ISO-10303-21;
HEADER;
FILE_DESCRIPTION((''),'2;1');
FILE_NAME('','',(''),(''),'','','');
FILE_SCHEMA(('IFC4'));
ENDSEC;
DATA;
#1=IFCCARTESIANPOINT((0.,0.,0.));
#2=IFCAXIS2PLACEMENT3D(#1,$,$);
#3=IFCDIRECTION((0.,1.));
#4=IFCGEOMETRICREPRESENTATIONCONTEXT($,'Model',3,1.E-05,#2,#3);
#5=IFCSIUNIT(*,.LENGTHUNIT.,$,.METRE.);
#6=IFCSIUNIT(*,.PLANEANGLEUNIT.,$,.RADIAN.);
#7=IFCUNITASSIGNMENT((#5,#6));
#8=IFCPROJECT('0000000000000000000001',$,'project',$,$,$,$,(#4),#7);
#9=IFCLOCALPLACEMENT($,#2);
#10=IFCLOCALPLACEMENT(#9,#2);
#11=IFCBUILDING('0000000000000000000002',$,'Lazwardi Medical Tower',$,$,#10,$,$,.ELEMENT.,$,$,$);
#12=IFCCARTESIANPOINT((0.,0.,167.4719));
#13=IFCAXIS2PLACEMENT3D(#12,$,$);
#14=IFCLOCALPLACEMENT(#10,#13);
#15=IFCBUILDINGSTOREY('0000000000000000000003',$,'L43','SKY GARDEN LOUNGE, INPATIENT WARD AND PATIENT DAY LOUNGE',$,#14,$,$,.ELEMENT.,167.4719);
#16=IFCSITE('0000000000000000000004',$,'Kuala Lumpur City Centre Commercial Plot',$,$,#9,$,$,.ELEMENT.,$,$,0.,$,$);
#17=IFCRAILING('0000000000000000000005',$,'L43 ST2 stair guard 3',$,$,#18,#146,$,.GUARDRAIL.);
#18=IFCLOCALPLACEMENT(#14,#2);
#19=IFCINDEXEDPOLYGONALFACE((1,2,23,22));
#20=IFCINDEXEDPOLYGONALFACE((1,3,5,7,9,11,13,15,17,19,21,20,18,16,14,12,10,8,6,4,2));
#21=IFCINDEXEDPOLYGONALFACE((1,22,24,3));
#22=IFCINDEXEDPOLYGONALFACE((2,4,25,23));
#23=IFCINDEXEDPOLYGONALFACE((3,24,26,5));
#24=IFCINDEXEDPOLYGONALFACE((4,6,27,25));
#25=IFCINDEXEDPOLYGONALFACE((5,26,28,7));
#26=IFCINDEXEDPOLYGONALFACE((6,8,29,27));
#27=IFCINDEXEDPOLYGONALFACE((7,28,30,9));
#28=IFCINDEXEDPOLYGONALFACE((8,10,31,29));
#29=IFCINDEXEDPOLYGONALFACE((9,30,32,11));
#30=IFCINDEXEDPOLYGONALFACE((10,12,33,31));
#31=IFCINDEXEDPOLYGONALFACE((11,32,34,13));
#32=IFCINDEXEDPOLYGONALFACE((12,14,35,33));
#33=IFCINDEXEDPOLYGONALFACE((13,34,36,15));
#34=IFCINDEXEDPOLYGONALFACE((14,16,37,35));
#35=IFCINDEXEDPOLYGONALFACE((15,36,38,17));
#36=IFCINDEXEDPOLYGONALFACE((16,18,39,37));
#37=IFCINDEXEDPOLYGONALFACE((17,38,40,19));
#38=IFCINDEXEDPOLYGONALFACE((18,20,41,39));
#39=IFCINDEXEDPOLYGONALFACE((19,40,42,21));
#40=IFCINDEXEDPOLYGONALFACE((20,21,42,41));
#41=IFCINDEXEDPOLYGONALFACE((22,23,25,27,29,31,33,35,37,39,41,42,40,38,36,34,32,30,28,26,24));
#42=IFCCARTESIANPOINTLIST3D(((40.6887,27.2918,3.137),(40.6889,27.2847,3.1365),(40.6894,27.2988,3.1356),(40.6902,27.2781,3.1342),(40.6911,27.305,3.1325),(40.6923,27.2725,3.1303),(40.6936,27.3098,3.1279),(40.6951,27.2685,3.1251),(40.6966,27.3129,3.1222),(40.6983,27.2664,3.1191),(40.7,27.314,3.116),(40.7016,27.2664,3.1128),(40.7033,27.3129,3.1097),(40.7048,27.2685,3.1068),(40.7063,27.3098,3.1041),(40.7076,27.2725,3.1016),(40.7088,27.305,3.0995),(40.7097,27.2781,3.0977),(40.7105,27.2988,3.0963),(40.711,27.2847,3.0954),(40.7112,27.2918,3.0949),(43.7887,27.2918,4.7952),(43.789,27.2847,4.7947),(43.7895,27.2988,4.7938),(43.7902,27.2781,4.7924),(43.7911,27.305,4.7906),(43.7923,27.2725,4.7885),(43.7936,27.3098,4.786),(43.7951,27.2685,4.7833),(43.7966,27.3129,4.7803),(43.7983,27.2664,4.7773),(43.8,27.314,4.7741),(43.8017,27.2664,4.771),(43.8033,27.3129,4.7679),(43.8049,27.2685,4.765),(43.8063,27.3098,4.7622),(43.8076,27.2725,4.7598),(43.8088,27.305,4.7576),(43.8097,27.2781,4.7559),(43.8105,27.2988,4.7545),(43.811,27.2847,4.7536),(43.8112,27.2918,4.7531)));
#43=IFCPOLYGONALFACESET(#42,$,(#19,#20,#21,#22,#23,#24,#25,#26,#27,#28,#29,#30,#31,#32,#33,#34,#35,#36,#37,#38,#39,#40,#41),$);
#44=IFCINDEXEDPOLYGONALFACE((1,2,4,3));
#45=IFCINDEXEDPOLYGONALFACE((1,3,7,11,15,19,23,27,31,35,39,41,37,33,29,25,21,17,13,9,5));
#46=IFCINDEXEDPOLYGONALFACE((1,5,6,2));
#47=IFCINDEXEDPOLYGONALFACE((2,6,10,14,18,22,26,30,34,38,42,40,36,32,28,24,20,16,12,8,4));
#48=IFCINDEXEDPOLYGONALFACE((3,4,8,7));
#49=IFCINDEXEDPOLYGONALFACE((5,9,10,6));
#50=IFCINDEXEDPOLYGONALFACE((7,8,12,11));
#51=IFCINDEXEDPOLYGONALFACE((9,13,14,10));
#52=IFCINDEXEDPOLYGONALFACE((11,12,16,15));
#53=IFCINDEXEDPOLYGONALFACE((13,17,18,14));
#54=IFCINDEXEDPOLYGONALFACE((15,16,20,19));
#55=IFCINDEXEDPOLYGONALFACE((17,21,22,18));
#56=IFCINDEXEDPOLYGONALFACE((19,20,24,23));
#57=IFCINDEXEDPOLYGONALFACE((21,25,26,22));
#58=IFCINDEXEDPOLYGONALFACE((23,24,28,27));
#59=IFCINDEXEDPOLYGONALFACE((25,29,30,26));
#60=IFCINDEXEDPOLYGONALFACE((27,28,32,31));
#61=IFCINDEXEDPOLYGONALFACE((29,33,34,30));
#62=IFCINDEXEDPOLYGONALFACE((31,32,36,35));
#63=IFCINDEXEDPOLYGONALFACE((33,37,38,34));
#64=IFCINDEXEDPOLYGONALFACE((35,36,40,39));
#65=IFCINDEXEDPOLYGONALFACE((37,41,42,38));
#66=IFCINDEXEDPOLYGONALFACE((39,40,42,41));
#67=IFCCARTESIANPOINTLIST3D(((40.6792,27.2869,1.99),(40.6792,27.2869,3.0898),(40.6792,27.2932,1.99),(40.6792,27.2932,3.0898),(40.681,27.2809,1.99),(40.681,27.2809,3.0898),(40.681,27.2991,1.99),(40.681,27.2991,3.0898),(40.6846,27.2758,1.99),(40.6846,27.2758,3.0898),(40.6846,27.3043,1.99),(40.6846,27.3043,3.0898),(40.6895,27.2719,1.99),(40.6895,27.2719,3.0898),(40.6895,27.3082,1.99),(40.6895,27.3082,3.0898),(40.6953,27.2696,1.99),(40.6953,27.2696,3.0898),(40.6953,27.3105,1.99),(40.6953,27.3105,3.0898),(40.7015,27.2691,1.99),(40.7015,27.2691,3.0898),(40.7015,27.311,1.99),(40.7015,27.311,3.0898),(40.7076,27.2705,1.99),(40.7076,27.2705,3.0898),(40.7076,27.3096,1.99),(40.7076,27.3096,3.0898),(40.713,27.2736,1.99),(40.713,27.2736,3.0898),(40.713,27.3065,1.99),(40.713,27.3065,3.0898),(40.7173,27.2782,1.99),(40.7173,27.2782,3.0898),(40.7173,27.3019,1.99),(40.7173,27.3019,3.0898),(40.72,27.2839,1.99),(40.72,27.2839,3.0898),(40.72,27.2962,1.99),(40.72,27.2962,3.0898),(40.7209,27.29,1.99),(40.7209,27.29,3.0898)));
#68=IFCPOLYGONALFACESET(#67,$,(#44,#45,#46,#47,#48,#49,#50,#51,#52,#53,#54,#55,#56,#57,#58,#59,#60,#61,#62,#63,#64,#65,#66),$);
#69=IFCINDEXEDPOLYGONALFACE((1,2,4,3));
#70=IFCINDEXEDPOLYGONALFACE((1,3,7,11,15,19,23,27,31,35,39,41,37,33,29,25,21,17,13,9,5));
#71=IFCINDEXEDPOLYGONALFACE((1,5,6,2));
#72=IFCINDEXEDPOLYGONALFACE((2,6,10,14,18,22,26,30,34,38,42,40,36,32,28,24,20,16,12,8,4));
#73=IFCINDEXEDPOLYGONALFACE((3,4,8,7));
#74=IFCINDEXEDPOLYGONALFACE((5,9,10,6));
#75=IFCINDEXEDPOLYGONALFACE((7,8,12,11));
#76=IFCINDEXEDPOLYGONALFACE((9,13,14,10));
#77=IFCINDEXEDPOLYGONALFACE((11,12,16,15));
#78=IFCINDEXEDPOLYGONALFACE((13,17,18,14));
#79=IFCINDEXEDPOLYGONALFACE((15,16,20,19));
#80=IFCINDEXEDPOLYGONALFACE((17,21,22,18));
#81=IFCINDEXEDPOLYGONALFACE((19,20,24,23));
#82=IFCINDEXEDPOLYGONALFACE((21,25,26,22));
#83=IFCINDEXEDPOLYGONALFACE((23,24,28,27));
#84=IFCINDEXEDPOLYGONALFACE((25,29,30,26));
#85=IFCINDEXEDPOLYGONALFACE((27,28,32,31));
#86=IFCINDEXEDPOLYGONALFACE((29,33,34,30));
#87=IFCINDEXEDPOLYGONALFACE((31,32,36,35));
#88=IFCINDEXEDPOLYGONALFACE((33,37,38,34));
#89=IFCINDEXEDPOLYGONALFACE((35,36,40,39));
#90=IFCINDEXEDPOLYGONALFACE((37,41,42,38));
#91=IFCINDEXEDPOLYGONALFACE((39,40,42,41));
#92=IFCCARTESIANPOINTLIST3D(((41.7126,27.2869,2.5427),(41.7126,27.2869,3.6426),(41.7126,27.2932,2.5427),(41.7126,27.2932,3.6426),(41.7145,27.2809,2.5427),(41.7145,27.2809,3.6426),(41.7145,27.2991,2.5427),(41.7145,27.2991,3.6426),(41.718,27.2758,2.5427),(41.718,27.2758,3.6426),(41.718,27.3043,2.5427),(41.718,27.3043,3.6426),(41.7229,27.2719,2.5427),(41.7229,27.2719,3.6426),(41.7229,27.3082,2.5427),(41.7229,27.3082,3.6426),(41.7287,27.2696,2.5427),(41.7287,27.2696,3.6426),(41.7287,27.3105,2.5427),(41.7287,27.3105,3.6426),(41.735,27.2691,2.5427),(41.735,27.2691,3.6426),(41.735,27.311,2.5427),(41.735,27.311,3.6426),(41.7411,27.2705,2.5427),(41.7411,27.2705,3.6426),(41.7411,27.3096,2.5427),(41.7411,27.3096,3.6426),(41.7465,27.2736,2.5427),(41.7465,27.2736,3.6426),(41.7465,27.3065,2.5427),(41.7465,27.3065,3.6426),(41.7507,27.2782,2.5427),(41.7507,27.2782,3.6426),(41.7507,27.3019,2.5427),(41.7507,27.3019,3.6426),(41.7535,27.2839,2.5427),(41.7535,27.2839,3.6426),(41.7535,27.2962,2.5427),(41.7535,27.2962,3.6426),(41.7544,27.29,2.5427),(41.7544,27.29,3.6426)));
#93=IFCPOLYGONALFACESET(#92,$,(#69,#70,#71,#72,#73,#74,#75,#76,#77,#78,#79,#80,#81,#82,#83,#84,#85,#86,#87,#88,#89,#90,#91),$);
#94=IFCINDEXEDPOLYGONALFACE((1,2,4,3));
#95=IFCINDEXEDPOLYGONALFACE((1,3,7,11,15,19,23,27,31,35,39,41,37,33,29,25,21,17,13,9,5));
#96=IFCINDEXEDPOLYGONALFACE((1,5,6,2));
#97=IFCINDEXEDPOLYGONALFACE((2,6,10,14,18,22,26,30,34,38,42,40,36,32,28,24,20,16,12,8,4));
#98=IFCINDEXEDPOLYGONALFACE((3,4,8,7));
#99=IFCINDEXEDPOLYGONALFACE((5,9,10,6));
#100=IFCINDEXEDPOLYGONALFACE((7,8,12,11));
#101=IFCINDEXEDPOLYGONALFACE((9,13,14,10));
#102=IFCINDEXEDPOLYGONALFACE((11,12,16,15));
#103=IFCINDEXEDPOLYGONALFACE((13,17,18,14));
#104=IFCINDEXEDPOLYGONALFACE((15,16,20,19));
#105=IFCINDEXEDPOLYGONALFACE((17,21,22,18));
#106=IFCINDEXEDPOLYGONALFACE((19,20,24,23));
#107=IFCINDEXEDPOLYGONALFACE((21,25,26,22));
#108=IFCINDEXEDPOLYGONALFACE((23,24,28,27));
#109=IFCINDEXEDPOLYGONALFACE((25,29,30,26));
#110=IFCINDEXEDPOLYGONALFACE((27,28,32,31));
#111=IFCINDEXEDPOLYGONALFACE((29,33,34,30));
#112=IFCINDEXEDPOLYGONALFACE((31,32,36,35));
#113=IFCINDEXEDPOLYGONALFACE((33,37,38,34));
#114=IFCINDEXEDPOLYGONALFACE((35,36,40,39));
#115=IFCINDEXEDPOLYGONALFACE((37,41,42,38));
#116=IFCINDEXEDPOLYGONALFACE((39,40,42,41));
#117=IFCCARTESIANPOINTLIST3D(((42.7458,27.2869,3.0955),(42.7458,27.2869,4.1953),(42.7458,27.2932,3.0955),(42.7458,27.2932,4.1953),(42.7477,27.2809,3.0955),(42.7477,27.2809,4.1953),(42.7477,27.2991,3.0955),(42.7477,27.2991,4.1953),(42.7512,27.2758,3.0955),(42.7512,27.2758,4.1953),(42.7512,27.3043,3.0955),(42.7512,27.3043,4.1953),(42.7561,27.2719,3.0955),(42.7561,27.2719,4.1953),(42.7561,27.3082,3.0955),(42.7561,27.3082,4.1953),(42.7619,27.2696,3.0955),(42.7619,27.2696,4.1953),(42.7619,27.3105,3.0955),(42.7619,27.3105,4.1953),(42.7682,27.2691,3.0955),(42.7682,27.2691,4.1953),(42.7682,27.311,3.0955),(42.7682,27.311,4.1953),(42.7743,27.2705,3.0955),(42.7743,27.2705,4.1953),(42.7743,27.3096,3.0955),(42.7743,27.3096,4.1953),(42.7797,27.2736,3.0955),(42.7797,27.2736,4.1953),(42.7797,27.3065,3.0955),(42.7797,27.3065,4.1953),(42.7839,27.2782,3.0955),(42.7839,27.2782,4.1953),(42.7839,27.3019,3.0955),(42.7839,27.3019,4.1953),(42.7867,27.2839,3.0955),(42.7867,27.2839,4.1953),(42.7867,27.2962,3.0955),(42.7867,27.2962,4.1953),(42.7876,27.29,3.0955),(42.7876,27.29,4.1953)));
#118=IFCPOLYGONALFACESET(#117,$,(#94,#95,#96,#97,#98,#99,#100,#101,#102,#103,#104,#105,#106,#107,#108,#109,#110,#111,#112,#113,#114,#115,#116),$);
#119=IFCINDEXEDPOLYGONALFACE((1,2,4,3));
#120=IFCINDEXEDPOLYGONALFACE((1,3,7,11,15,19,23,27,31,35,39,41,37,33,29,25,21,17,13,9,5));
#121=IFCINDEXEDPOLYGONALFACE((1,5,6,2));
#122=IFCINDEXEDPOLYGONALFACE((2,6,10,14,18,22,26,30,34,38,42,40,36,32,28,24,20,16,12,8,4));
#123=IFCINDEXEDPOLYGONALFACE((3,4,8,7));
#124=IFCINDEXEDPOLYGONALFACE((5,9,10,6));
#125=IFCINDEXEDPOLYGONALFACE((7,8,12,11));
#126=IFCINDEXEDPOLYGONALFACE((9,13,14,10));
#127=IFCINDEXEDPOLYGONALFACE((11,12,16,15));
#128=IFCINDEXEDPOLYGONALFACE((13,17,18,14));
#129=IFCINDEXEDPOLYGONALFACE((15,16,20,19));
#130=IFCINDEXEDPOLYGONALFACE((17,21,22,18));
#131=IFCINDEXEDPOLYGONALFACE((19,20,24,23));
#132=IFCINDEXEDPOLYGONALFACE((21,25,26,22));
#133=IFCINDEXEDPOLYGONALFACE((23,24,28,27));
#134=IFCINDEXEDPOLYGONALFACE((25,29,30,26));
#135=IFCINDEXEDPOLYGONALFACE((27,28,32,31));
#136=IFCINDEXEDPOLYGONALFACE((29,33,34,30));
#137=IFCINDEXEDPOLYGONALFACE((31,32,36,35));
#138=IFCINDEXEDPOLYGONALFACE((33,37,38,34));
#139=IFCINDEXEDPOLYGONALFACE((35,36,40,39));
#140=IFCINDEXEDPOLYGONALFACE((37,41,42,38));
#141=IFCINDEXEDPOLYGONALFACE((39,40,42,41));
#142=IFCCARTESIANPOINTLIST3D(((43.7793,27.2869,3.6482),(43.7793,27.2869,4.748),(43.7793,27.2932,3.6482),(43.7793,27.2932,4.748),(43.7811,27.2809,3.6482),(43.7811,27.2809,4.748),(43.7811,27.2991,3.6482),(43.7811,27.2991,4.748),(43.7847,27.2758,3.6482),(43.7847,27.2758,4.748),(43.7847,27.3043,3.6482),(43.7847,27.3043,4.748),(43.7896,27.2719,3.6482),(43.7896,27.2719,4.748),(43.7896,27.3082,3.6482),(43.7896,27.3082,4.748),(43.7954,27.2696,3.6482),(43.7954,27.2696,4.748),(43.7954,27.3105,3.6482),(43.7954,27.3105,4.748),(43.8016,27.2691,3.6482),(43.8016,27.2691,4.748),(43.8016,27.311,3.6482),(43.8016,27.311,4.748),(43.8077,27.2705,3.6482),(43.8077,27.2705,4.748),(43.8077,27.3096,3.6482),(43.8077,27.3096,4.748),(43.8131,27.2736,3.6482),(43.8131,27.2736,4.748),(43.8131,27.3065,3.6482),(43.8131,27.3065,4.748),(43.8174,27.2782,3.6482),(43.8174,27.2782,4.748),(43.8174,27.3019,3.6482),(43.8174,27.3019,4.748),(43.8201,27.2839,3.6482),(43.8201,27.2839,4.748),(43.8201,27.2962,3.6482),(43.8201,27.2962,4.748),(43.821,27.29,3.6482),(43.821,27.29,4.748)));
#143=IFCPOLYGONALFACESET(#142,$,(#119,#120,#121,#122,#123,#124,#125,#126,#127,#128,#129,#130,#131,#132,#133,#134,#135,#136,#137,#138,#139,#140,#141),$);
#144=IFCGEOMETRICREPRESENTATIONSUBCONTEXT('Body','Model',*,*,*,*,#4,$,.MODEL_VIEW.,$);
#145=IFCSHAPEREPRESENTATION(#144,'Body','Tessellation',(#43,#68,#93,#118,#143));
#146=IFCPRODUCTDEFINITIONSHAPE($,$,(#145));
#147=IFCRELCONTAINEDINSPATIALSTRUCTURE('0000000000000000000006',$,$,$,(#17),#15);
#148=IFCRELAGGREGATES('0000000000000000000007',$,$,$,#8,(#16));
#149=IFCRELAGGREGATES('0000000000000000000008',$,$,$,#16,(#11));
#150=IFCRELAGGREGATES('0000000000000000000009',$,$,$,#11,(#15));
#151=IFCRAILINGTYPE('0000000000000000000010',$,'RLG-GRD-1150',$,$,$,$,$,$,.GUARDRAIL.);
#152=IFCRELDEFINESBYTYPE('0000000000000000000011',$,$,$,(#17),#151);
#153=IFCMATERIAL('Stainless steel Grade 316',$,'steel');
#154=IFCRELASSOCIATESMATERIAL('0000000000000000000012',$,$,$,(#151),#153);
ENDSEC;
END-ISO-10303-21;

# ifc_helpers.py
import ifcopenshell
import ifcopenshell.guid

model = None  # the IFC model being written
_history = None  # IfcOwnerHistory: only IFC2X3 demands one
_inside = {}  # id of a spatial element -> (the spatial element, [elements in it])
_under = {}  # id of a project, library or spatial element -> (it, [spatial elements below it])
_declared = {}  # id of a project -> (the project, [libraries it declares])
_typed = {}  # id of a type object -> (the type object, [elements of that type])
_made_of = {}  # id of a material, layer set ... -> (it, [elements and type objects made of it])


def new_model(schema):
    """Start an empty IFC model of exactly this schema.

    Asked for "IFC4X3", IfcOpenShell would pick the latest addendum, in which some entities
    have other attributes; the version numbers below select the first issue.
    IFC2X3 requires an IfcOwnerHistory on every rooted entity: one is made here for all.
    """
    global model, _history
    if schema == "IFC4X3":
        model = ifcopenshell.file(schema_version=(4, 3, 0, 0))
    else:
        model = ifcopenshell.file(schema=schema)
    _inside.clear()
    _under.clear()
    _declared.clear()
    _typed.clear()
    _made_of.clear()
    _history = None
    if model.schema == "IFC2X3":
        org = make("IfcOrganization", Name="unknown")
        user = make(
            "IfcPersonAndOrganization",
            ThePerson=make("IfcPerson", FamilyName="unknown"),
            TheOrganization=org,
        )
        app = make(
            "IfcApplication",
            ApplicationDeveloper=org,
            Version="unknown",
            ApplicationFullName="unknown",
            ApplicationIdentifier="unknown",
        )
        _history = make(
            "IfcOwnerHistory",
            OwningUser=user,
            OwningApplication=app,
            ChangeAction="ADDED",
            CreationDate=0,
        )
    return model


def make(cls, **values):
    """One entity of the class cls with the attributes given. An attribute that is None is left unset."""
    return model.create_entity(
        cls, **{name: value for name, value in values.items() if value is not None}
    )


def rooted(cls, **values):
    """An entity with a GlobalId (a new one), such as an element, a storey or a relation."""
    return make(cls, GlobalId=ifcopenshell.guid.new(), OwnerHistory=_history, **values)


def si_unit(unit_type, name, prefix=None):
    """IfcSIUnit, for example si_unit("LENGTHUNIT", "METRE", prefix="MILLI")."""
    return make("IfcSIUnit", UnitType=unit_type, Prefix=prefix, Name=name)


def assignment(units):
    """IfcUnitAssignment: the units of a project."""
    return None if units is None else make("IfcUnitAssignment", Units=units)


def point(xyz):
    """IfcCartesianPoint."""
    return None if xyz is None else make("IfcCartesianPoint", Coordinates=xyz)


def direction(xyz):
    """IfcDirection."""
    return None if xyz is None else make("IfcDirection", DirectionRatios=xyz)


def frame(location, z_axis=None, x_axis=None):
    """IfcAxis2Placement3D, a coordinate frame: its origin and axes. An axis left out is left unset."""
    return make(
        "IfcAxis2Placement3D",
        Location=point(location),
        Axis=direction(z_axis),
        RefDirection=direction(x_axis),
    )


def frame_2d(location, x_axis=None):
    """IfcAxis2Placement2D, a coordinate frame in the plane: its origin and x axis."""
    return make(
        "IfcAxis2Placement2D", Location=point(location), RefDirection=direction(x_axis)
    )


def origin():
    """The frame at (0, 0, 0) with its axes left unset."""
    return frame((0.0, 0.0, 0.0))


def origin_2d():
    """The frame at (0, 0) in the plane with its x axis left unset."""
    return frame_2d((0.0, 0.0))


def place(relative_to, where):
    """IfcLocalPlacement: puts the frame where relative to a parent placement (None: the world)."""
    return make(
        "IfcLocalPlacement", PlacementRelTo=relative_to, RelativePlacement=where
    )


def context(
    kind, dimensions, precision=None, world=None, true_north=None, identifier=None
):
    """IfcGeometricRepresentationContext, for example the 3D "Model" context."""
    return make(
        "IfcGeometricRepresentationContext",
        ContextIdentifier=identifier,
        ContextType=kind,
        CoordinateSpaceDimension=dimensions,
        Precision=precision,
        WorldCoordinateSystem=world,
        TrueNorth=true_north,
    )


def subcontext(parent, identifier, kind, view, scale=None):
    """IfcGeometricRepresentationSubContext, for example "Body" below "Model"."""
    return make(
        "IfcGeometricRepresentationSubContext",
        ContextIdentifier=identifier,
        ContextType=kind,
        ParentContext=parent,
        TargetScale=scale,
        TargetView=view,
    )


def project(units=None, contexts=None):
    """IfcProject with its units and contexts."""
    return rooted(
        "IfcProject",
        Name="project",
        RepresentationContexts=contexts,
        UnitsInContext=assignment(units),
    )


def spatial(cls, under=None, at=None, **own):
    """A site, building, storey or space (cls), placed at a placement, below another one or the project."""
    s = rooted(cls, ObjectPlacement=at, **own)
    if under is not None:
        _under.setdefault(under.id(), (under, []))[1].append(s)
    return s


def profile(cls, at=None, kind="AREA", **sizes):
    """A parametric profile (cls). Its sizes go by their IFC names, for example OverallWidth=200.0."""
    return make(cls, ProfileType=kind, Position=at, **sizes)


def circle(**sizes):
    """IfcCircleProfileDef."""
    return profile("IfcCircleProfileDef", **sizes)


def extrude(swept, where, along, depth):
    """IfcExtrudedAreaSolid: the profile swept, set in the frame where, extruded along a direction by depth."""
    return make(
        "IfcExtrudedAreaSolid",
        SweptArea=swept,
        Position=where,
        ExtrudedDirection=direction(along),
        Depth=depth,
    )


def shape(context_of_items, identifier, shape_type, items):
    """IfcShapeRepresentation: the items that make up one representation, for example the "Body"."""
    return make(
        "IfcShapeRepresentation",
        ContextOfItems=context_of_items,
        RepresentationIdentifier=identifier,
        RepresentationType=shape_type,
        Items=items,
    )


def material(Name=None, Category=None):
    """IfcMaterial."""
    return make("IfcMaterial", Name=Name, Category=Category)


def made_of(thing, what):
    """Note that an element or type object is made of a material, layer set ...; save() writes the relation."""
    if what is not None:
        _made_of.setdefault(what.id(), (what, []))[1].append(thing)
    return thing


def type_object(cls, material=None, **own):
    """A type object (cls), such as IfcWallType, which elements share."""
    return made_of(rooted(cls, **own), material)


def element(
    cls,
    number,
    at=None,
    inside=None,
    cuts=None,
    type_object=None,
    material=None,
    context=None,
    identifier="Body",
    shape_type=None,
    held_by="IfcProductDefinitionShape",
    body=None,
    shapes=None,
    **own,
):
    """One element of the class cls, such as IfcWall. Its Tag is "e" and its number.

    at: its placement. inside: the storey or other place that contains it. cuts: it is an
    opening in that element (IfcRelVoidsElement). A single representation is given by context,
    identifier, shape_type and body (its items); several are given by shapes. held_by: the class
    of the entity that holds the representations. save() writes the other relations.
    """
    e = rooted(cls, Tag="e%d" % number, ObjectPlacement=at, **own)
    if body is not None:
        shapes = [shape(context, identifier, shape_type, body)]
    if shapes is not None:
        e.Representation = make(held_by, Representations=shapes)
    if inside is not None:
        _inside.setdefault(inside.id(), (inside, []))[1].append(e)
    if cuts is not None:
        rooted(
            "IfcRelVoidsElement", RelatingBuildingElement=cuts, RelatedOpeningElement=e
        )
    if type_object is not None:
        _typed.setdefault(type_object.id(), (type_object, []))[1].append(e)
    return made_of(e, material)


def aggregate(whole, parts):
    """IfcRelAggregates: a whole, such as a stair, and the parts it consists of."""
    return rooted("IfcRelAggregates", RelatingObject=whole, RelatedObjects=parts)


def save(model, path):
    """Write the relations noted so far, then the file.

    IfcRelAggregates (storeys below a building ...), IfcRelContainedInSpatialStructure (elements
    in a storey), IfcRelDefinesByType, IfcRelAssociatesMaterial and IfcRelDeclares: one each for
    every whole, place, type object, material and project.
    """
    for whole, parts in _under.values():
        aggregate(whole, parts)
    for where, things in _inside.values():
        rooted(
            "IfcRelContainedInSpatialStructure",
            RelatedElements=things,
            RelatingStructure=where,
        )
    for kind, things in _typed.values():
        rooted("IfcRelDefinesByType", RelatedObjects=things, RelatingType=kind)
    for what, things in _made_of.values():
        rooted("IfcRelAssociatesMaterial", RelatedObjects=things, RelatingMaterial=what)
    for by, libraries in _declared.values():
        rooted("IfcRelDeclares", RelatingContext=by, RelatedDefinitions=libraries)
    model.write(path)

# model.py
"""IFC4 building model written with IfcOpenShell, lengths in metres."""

from ifc_helpers import new_model, si_unit, direction, frame, origin, origin_2d, place, context, subcontext, project, spatial, circle, extrude, material, type_object, element, save


model = new_model("IFC4")

# Units and contexts
model_context = context("Model", 3, precision=1e-05, world=origin(), true_north=direction((0.0, 1.0)))
body_context = subcontext(model_context, "Body", "Model", "MODEL_VIEW")
ifc_project = project(units=[si_unit("LENGTHUNIT", "METRE"), si_unit("PLANEANGLEUNIT", "RADIAN")], contexts=[model_context])

# Site, building, storey
site_placement = place(None, origin())
site = spatial("IfcSite", under=ifc_project, at=site_placement, Name="Kuala Lumpur City Centre Commercial Plot", CompositionType="ELEMENT", RefElevation=0.0)
building_placement = place(site_placement, origin())
building = spatial("IfcBuilding", under=site, at=building_placement, Name="Lazwardi Medical Tower", CompositionType="ELEMENT")
storey_placement = place(building_placement, frame((0.0, 0.0, 167.4719)))
storey = spatial("IfcBuildingStorey", under=building, at=storey_placement, Name="L43", Description="SKY GARDEN LOUNGE, INPATIENT WARD AND PATIENT DAY LOUNGE", CompositionType="ELEMENT", Elevation=167.4719)

# Railing
ifc_material_1 = material(Name="Stainless steel Grade 316", Category="steel")
railing_type_1 = type_object("IfcRailingType", Name="RLG-GRD-1150", PredefinedType="GUARDRAIL", material=ifc_material_1)
railing_1_placement = place(storey_placement, frame((40.7, 27.29, 1.99)))
element("IfcRailing", 1, at=railing_1_placement, inside=storey, type_object=railing_type_1, Name="L43 ST2 stair guard 3", PredefinedType="GUARDRAIL", context=body_context, shape_type="SweptSolid", body=[
    extrude(circle(Radius=0.0239, at=origin_2d()), frame((0.0, 0.0, 1.126), z_axis=(0.881783, 0.0, 0.471655), x_axis=(0.0, 1.0, 0.0)), (0.0, 0.0, 1.0), 3.5156),
    extrude(circle(Radius=0.021, at=origin_2d()), origin(), (0.0, 0.0, 1.0), 1.0999),
    extrude(circle(Radius=0.021, at=origin_2d()), frame((1.0334, 0.0, 0.5527)), (0.0, 0.0, 1.0), 1.0999),
    extrude(circle(Radius=0.021, at=origin_2d()), frame((2.0667, 0.0, 1.1055)), (0.0, 0.0, 1.0), 1.0999),
    extrude(circle(Radius=0.021, at=origin_2d()), frame((3.1001, 0.0, 1.6582)), (0.0, 0.0, 1.0), 1.0999),
])

save(model, "model.ifc")
